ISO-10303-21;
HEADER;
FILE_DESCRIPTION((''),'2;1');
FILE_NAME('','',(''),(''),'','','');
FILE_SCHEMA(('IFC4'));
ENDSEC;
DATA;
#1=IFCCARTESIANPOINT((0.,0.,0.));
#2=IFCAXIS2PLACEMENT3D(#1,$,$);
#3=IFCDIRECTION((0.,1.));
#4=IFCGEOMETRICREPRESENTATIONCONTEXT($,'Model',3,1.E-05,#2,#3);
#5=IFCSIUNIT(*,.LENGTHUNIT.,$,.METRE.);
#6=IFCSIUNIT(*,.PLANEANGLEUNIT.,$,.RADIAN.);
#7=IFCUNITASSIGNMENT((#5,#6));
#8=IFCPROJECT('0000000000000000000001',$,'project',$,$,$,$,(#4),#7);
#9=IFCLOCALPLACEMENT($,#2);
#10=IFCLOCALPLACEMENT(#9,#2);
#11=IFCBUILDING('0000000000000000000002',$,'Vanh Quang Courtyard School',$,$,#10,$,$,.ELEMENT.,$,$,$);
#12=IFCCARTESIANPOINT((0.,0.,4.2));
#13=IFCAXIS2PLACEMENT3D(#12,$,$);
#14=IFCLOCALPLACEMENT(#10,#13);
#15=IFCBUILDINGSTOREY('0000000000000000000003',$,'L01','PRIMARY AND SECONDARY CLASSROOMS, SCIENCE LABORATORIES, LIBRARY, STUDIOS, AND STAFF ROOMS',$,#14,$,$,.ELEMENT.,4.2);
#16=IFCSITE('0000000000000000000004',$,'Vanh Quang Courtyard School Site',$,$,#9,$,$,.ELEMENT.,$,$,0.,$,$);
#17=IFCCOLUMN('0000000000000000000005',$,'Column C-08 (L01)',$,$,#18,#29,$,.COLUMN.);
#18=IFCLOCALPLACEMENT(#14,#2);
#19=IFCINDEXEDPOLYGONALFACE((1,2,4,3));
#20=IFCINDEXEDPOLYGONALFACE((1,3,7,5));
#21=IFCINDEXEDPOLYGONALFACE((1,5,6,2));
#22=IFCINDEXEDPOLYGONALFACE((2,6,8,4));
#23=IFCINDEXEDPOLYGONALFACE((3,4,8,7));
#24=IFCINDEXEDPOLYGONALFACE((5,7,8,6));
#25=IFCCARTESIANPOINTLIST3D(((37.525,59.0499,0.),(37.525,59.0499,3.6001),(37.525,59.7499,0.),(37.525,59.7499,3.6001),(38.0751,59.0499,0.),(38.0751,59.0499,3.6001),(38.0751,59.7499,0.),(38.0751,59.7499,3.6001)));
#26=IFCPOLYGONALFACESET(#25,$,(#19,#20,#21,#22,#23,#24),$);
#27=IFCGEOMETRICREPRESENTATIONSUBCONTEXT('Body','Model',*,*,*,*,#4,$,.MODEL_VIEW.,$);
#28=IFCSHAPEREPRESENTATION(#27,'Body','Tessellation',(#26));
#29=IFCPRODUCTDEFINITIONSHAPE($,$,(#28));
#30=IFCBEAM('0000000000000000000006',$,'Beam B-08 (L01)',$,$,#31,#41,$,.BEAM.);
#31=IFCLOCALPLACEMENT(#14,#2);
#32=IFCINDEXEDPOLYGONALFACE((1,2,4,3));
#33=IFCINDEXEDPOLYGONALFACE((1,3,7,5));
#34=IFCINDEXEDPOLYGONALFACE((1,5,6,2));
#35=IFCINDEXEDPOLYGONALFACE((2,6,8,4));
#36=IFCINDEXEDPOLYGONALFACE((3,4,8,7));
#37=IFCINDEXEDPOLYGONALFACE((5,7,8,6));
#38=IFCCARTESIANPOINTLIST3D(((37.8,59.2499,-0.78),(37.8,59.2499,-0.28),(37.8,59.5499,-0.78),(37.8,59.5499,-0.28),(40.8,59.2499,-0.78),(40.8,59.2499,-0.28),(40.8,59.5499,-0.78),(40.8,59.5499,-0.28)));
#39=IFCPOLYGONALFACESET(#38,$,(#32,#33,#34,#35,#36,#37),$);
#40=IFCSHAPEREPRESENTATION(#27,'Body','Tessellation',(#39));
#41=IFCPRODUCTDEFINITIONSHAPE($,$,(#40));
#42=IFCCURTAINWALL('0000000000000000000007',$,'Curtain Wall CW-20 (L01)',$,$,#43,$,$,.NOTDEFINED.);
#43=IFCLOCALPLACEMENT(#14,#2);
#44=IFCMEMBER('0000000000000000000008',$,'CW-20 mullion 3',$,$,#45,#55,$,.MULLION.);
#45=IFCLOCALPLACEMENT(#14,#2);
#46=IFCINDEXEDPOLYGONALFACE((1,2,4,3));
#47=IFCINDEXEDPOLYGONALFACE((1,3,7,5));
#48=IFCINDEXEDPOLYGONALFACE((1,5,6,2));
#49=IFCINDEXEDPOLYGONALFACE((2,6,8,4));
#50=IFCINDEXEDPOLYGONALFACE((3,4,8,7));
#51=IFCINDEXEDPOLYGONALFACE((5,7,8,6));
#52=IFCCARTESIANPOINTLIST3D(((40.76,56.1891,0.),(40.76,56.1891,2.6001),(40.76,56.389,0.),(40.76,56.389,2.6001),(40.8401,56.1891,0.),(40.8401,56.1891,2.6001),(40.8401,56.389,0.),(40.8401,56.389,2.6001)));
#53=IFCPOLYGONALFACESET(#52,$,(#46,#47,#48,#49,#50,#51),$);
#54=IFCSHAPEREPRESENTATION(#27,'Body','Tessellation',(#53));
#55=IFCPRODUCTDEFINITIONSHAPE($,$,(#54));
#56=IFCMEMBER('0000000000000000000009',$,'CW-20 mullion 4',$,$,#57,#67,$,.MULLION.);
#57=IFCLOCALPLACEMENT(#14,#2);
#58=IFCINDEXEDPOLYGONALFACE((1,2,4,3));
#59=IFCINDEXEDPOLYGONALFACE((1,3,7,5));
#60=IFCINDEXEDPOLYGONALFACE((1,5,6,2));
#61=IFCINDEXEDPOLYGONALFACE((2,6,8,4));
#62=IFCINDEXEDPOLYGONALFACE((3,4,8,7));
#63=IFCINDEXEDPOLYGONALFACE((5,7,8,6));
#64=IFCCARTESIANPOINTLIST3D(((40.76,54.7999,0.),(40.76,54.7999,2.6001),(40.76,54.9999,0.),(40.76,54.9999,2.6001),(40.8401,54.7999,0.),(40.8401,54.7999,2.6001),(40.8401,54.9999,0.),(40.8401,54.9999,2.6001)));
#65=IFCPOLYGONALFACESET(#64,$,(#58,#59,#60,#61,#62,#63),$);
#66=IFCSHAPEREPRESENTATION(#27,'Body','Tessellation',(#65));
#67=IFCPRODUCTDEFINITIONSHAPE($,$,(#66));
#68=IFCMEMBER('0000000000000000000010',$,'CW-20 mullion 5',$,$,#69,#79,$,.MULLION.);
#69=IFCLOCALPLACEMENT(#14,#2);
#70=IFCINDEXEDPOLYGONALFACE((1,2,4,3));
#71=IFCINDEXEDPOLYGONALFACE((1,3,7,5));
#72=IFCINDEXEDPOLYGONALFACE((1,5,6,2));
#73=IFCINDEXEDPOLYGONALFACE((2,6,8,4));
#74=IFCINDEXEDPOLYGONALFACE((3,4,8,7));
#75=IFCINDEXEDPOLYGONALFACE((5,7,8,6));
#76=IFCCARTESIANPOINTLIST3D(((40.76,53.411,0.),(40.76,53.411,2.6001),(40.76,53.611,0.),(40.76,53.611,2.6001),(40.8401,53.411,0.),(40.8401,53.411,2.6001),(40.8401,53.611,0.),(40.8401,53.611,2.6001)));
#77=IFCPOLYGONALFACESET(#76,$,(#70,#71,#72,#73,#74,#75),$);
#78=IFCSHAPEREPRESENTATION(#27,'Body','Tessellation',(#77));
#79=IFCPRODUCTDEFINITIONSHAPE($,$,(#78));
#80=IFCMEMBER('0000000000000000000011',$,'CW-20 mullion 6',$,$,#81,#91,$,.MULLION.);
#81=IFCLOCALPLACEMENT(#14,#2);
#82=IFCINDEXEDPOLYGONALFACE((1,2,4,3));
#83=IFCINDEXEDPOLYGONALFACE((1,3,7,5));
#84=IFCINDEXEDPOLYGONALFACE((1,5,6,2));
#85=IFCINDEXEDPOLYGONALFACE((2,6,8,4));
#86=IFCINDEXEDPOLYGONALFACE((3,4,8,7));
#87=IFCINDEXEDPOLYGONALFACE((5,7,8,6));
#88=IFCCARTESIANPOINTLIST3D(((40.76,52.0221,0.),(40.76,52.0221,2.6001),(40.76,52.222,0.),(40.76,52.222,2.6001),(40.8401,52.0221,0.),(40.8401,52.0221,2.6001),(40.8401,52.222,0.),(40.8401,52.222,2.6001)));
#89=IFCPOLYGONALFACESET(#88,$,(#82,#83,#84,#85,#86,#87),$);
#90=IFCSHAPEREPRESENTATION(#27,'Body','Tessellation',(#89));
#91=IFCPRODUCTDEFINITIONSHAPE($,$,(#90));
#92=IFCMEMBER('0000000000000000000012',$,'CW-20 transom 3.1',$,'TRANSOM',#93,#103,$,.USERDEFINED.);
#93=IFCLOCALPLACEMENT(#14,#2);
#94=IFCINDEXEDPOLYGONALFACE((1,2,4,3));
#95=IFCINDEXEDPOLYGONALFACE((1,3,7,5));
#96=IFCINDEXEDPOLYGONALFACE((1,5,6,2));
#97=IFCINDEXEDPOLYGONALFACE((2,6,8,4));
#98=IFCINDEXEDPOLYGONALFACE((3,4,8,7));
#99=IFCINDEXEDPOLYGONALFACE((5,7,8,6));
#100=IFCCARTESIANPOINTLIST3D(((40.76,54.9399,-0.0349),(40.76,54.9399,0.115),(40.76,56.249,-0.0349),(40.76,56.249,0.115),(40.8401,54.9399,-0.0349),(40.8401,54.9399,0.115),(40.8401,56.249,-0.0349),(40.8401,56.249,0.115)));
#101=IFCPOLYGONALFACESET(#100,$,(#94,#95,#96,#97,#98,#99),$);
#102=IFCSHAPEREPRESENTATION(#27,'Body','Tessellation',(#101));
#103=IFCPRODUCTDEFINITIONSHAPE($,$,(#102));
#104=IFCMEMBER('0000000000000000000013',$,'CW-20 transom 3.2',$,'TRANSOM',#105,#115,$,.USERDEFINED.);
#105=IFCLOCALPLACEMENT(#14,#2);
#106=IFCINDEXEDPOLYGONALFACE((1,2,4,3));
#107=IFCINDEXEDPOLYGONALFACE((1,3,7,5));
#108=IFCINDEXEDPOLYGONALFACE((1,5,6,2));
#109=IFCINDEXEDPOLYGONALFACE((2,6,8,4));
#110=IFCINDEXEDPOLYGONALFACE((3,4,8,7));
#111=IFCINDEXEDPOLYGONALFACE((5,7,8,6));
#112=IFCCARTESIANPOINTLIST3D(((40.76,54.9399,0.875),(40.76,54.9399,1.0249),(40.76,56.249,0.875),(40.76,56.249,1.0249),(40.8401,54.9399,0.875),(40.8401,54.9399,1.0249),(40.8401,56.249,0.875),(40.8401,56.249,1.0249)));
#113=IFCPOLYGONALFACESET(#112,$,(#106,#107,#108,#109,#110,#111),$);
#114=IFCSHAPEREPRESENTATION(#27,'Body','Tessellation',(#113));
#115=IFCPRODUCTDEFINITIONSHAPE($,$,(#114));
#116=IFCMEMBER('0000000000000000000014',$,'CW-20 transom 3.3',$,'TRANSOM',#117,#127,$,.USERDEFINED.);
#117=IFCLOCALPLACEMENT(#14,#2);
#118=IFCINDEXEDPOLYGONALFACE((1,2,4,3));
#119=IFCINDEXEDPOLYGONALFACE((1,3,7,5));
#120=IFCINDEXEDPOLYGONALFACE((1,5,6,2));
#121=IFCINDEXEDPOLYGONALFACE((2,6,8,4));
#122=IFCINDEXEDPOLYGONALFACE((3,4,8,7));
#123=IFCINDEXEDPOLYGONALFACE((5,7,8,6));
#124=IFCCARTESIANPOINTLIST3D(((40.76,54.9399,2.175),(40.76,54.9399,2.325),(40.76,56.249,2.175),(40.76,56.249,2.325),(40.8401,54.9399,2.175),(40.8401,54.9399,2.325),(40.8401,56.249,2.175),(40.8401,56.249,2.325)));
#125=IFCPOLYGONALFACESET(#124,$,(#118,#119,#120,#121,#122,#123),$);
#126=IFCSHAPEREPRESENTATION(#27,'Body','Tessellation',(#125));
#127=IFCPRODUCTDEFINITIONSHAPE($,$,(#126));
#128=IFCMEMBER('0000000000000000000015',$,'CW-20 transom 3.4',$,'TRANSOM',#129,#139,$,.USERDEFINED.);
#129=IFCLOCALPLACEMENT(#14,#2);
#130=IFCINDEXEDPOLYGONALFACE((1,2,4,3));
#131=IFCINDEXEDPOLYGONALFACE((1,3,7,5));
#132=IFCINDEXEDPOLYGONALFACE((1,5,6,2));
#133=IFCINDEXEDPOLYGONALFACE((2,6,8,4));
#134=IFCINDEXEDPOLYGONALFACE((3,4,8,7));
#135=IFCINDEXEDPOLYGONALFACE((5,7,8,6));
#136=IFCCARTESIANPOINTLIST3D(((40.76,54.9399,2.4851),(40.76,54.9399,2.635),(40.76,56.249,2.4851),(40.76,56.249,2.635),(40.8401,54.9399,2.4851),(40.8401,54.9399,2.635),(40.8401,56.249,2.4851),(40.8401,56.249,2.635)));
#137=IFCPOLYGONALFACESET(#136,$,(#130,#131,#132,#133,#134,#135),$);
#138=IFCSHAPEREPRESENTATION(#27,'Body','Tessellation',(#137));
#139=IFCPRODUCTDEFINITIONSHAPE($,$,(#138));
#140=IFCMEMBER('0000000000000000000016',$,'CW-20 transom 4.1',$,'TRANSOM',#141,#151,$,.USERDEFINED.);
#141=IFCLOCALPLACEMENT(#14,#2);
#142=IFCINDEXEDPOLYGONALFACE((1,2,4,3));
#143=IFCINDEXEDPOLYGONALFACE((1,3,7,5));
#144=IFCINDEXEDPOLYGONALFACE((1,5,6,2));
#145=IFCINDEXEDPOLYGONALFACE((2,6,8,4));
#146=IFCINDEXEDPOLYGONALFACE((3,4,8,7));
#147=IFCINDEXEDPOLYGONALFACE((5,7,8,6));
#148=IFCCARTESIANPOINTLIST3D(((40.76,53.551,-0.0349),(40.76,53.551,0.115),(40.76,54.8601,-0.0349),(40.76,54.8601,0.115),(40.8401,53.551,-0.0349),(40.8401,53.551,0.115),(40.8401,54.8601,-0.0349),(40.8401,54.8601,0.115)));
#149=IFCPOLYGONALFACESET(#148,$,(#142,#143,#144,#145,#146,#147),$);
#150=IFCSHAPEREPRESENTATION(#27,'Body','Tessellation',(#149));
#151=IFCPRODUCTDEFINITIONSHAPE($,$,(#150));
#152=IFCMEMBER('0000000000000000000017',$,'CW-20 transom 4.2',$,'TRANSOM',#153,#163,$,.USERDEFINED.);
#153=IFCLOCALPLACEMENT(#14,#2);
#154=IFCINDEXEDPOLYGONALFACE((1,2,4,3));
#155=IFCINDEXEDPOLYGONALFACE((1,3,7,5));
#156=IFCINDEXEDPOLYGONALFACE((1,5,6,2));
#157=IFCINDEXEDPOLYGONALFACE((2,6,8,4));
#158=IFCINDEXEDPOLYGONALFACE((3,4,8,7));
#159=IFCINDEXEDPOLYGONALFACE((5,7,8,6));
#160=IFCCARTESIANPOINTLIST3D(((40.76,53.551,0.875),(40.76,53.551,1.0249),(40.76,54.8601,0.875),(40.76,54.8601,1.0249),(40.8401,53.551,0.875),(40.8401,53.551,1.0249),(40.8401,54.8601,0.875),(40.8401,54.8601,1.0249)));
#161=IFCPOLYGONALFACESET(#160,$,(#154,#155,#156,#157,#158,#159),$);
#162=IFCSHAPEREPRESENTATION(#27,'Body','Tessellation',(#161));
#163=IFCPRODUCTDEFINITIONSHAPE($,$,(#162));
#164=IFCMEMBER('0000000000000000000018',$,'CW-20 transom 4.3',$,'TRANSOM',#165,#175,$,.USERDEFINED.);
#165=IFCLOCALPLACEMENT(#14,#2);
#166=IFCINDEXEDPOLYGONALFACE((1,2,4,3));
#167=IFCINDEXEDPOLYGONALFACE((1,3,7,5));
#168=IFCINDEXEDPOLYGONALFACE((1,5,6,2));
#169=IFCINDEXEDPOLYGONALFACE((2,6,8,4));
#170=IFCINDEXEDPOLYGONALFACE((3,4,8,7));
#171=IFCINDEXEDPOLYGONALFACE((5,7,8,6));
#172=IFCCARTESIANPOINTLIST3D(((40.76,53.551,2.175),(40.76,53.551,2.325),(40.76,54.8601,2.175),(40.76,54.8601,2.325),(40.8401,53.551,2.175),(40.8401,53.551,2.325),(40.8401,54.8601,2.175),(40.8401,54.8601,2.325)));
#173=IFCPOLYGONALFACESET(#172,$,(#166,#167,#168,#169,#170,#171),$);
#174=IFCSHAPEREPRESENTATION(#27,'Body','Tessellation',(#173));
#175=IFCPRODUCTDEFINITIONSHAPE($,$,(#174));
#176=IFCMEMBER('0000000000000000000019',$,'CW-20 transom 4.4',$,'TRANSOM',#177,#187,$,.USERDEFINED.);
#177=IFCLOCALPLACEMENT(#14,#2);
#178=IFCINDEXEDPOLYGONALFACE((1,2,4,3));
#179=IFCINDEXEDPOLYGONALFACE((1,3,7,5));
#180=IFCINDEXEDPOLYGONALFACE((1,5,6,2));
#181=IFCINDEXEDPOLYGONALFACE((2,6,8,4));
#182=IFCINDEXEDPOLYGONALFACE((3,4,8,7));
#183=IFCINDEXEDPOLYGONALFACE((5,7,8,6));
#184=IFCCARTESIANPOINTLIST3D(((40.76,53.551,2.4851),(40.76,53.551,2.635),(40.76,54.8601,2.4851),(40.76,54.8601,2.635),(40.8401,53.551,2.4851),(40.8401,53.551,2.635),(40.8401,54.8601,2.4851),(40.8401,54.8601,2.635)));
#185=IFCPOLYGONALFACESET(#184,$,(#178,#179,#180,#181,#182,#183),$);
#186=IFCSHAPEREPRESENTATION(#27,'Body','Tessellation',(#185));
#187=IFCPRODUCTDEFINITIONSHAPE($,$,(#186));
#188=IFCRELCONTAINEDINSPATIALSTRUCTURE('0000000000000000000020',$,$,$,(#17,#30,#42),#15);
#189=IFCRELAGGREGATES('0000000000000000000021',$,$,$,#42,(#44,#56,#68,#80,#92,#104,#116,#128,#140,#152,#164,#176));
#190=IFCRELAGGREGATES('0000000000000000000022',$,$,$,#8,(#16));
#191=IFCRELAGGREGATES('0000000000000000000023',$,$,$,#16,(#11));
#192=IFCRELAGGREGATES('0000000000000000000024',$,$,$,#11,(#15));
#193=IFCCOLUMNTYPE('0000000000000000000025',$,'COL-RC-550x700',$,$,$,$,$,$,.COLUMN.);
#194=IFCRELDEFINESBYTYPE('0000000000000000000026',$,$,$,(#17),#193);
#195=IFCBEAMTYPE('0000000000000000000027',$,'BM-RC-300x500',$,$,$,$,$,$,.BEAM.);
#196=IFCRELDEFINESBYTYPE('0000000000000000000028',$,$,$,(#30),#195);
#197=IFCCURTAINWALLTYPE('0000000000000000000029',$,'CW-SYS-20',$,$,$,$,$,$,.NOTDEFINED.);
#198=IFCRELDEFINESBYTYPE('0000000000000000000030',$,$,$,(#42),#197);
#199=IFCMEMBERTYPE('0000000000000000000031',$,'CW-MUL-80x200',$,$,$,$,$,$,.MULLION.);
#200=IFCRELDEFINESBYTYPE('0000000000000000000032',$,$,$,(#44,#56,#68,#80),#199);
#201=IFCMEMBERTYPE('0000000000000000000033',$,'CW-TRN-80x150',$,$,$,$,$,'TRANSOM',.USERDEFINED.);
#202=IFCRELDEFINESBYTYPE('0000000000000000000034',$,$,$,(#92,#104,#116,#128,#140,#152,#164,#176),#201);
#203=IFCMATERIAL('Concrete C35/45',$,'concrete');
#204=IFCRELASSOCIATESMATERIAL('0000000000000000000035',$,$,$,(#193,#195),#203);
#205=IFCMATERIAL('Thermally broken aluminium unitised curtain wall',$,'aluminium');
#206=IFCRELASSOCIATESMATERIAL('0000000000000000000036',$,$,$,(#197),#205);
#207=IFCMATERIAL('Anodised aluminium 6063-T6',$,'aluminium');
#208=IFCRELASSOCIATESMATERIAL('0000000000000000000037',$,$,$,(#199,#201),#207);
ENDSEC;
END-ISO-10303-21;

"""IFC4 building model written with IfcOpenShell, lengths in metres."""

from ifc_helpers import new_model, si_unit, direction, frame, origin, origin_2d, place, context, subcontext, project, spatial, rectangle, extrude, material, material_profile, profile_set, type_object, element, aggregate, save


model = new_model("IFC4")

# Units and contexts
model_context = context("Model", 3, precision=1e-05, world=origin(), true_north=direction((0.0, 1.0)))
body_context = subcontext(model_context, "Body", "Model", "MODEL_VIEW")
ifc_project = project(units=[si_unit("LENGTHUNIT", "METRE"), si_unit("PLANEANGLEUNIT", "RADIAN")], contexts=[model_context])

# Site, building, storey
site_placement = place(None, origin())
site = spatial("IfcSite", under=ifc_project, at=site_placement, Name="Vanh Quang Courtyard School Site", CompositionType="ELEMENT", RefElevation=0.0)
building_placement = place(site_placement, origin())
building = spatial("IfcBuilding", under=site, at=building_placement, Name="Vanh Quang Courtyard School", CompositionType="ELEMENT")
storey_placement = place(building_placement, frame((0.0, 0.0, 4.2)))
storey = spatial("IfcBuildingStorey", under=building, at=storey_placement, Name="L01", Description="PRIMARY AND SECONDARY CLASSROOMS, SCIENCE LABORATORIES, LIBRARY, STUDIOS, AND STAFF ROOMS", CompositionType="ELEMENT", Elevation=4.2)

# Column
ifc_material_1 = material(Name="Concrete C35/45", Category="concrete")
ifc_material_profile_1 = material_profile(ifc_material_1, rectangle(XDim=0.55, YDim=0.7, at=origin_2d()), Name="RC-COL 550x700")
ifc_profile_set_1 = profile_set([ifc_material_profile_1], Name="Concrete C35/45")
column_type = type_object("IfcColumnType", Name="COL-RC-550x700", PredefinedType="COLUMN", material=ifc_profile_set_1)
column_placement = place(storey_placement, frame((37.8, 59.3999, 0.0), z_axis=(0.0, 0.0, 1.0), x_axis=(1.0, 0.0, 0.0)))
element("IfcColumn", 1, at=column_placement, inside=storey, type_object=column_type, Name="Column C-08 (L01)", PredefinedType="COLUMN", context=body_context, shape_type="SweptSolid", body=[
    extrude(rectangle(XDim=0.55, YDim=0.7, at=origin_2d()), origin(), (0.0, 0.0, 1.0), 3.6001),
])

# Beam
ifc_material_profile_2 = material_profile(ifc_material_1, rectangle(XDim=0.3, YDim=0.5, at=origin_2d()), Name="RC-BM 300x500")
ifc_profile_set_2 = profile_set([ifc_material_profile_2], Name="Concrete C35/45")
beam_type_1 = type_object("IfcBeamType", Name="BM-RC-300x500", PredefinedType="BEAM", material=ifc_profile_set_2)
beam_placement = place(storey_placement, frame((37.8, 59.3999, -0.53), z_axis=(1.0, 0.0, 0.0), x_axis=(0.0, 1.0, 0.0)))
element("IfcBeam", 2, at=beam_placement, inside=storey, type_object=beam_type_1, Name="Beam B-08 (L01)", PredefinedType="BEAM", context=body_context, shape_type="SweptSolid", body=[
    extrude(rectangle(XDim=0.3, YDim=0.5, at=origin_2d()), origin(), (0.0, 0.0, 1.0), 3.0),
])

# Curtain wall, members
ifc_material_2 = material(Name="Thermally broken aluminium unitised curtain wall", Category="aluminium")
curtain_wall_type = type_object("IfcCurtainWallType", Name="CW-SYS-20", PredefinedType="NOTDEFINED", material=ifc_material_2)
curtain_wall_placement = place(storey_placement, origin())
curtain_wall = element("IfcCurtainWall", 3, at=curtain_wall_placement, inside=storey, type_object=curtain_wall_type, Name="Curtain Wall CW-20 (L01)", PredefinedType="NOTDEFINED")
ifc_material_3 = material(Name="Anodised aluminium 6063-T6", Category="aluminium")
ifc_material_profile_3 = material_profile(ifc_material_3, rectangle(XDim=0.0801, YDim=0.2, at=origin_2d()), Name="ALU-MUL 80x200")
ifc_profile_set_3 = profile_set([ifc_material_profile_3], Name="Anodised aluminium 6063-T6")
member_type_1 = type_object("IfcMemberType", Name="CW-MUL-80x200", PredefinedType="MULLION", material=ifc_profile_set_3)
member_1_placement = place(storey_placement, frame((40.8, 56.2891, 0.0), z_axis=(0.0, 0.0, 1.0), x_axis=(1.0, 0.0, 0.0)))
member_1 = element("IfcMember", 4, at=member_1_placement, type_object=member_type_1, Name="CW-20 mullion 3", PredefinedType="MULLION", context=body_context, shape_type="SweptSolid", body=[
    extrude(rectangle(XDim=0.0801, YDim=0.2, at=origin_2d()), origin(), (0.0, 0.0, 1.0), 2.6001),
])
member_2_placement = place(storey_placement, frame((40.8, 54.8999, 0.0), z_axis=(0.0, 0.0, 1.0), x_axis=(1.0, 0.0, 0.0)))
member_2 = element("IfcMember", 5, at=member_2_placement, type_object=member_type_1, Name="CW-20 mullion 4", PredefinedType="MULLION", context=body_context, shape_type="SweptSolid", body=[
    extrude(rectangle(XDim=0.0801, YDim=0.2, at=origin_2d()), origin(), (0.0, 0.0, 1.0), 2.6001),
])
member_3_placement = place(storey_placement, frame((40.8, 53.511, 0.0), z_axis=(0.0, 0.0, 1.0), x_axis=(1.0, 0.0, 0.0)))
member_3 = element("IfcMember", 6, at=member_3_placement, type_object=member_type_1, Name="CW-20 mullion 5", PredefinedType="MULLION", context=body_context, shape_type="SweptSolid", body=[
    extrude(rectangle(XDim=0.0801, YDim=0.2, at=origin_2d()), origin(), (0.0, 0.0, 1.0), 2.6001),
])
member_4_placement = place(storey_placement, frame((40.8, 52.1221, 0.0), z_axis=(0.0, 0.0, 1.0), x_axis=(1.0, 0.0, 0.0)))
member_4 = element("IfcMember", 7, at=member_4_placement, type_object=member_type_1, Name="CW-20 mullion 6", PredefinedType="MULLION", context=body_context, shape_type="SweptSolid", body=[
    extrude(rectangle(XDim=0.0801, YDim=0.2, at=origin_2d()), origin(), (0.0, 0.0, 1.0), 2.6001),
])
ifc_material_profile_4 = material_profile(ifc_material_3, rectangle(XDim=0.0801, YDim=0.1499, at=origin_2d()), Name="ALU-TRN 80x150")
ifc_profile_set_4 = profile_set([ifc_material_profile_4], Name="Anodised aluminium 6063-T6")
member_type_2 = type_object("IfcMemberType", Name="CW-TRN-80x150", ElementType="TRANSOM", PredefinedType="USERDEFINED", material=ifc_profile_set_4)
member_5_placement = place(storey_placement, frame((40.8, 56.249, 0.04), z_axis=(0.0, -1.0, 0.0), x_axis=(1.0, 0.0, 0.0)))
member_5 = element("IfcMember", 8, at=member_5_placement, type_object=member_type_2, Name="CW-20 transom 3.1", ObjectType="TRANSOM", PredefinedType="USERDEFINED", context=body_context, shape_type="SweptSolid", body=[
    extrude(rectangle(XDim=0.0801, YDim=0.1499, at=origin_2d()), origin(), (0.0, 0.0, 1.0), 1.3091),
])
member_6_placement = place(storey_placement, frame((40.8, 56.249, 0.95), z_axis=(0.0, -1.0, 0.0), x_axis=(1.0, 0.0, 0.0)))
member_6 = element("IfcMember", 9, at=member_6_placement, type_object=member_type_2, Name="CW-20 transom 3.2", ObjectType="TRANSOM", PredefinedType="USERDEFINED", context=body_context, shape_type="SweptSolid", body=[
    extrude(rectangle(XDim=0.0801, YDim=0.1499, at=origin_2d()), origin(), (0.0, 0.0, 1.0), 1.3091),
])
member_7_placement = place(storey_placement, frame((40.8, 56.249, 2.25), z_axis=(0.0, -1.0, 0.0), x_axis=(1.0, 0.0, 0.0)))
member_7 = element("IfcMember", 10, at=member_7_placement, type_object=member_type_2, Name="CW-20 transom 3.3", ObjectType="TRANSOM", PredefinedType="USERDEFINED", context=body_context, shape_type="SweptSolid", body=[
    extrude(rectangle(XDim=0.0801, YDim=0.1499, at=origin_2d()), origin(), (0.0, 0.0, 1.0), 1.3091),
])
member_8_placement = place(storey_placement, frame((40.8, 56.249, 2.5601), z_axis=(0.0, -1.0, 0.0), x_axis=(1.0, 0.0, 0.0)))
member_8 = element("IfcMember", 11, at=member_8_placement, type_object=member_type_2, Name="CW-20 transom 3.4", ObjectType="TRANSOM", PredefinedType="USERDEFINED", context=body_context, shape_type="SweptSolid", body=[
    extrude(rectangle(XDim=0.0801, YDim=0.1499, at=origin_2d()), origin(), (0.0, 0.0, 1.0), 1.3091),
])
member_9_placement = place(storey_placement, frame((40.8, 54.8601, 0.04), z_axis=(0.0, -1.0, 0.0), x_axis=(1.0, 0.0, 0.0)))
member_9 = element("IfcMember", 12, at=member_9_placement, type_object=member_type_2, Name="CW-20 transom 4.1", ObjectType="TRANSOM", PredefinedType="USERDEFINED", context=body_context, shape_type="SweptSolid", body=[
    extrude(rectangle(XDim=0.0801, YDim=0.1499, at=origin_2d()), origin(), (0.0, 0.0, 1.0), 1.3091),
])
member_10_placement = place(storey_placement, frame((40.8, 54.8601, 0.95), z_axis=(0.0, -1.0, 0.0), x_axis=(1.0, 0.0, 0.0)))
member_10 = element("IfcMember", 13, at=member_10_placement, type_object=member_type_2, Name="CW-20 transom 4.2", ObjectType="TRANSOM", PredefinedType="USERDEFINED", context=body_context, shape_type="SweptSolid", body=[
    extrude(rectangle(XDim=0.0801, YDim=0.1499, at=origin_2d()), origin(), (0.0, 0.0, 1.0), 1.3091),
])
member_11_placement = place(storey_placement, frame((40.8, 54.8601, 2.25), z_axis=(0.0, -1.0, 0.0), x_axis=(1.0, 0.0, 0.0)))
member_11 = element("IfcMember", 14, at=member_11_placement, type_object=member_type_2, Name="CW-20 transom 4.3", ObjectType="TRANSOM", PredefinedType="USERDEFINED", context=body_context, shape_type="SweptSolid", body=[
    extrude(rectangle(XDim=0.0801, YDim=0.1499, at=origin_2d()), origin(), (0.0, 0.0, 1.0), 1.3091),
])
member_12_placement = place(storey_placement, frame((40.8, 54.8601, 2.5601), z_axis=(0.0, -1.0, 0.0), x_axis=(1.0, 0.0, 0.0)))
member_12 = element("IfcMember", 15, at=member_12_placement, type_object=member_type_2, Name="CW-20 transom 4.4", ObjectType="TRANSOM", PredefinedType="USERDEFINED", context=body_context, shape_type="SweptSolid", body=[
    extrude(rectangle(XDim=0.0801, YDim=0.1499, at=origin_2d()), origin(), (0.0, 0.0, 1.0), 1.3091),
])

aggregate(curtain_wall, [member_1, member_2, member_3, member_4, member_5, member_6, member_7, member_8, member_9, member_10, member_11, member_12])

save(model, "model.ifc")
